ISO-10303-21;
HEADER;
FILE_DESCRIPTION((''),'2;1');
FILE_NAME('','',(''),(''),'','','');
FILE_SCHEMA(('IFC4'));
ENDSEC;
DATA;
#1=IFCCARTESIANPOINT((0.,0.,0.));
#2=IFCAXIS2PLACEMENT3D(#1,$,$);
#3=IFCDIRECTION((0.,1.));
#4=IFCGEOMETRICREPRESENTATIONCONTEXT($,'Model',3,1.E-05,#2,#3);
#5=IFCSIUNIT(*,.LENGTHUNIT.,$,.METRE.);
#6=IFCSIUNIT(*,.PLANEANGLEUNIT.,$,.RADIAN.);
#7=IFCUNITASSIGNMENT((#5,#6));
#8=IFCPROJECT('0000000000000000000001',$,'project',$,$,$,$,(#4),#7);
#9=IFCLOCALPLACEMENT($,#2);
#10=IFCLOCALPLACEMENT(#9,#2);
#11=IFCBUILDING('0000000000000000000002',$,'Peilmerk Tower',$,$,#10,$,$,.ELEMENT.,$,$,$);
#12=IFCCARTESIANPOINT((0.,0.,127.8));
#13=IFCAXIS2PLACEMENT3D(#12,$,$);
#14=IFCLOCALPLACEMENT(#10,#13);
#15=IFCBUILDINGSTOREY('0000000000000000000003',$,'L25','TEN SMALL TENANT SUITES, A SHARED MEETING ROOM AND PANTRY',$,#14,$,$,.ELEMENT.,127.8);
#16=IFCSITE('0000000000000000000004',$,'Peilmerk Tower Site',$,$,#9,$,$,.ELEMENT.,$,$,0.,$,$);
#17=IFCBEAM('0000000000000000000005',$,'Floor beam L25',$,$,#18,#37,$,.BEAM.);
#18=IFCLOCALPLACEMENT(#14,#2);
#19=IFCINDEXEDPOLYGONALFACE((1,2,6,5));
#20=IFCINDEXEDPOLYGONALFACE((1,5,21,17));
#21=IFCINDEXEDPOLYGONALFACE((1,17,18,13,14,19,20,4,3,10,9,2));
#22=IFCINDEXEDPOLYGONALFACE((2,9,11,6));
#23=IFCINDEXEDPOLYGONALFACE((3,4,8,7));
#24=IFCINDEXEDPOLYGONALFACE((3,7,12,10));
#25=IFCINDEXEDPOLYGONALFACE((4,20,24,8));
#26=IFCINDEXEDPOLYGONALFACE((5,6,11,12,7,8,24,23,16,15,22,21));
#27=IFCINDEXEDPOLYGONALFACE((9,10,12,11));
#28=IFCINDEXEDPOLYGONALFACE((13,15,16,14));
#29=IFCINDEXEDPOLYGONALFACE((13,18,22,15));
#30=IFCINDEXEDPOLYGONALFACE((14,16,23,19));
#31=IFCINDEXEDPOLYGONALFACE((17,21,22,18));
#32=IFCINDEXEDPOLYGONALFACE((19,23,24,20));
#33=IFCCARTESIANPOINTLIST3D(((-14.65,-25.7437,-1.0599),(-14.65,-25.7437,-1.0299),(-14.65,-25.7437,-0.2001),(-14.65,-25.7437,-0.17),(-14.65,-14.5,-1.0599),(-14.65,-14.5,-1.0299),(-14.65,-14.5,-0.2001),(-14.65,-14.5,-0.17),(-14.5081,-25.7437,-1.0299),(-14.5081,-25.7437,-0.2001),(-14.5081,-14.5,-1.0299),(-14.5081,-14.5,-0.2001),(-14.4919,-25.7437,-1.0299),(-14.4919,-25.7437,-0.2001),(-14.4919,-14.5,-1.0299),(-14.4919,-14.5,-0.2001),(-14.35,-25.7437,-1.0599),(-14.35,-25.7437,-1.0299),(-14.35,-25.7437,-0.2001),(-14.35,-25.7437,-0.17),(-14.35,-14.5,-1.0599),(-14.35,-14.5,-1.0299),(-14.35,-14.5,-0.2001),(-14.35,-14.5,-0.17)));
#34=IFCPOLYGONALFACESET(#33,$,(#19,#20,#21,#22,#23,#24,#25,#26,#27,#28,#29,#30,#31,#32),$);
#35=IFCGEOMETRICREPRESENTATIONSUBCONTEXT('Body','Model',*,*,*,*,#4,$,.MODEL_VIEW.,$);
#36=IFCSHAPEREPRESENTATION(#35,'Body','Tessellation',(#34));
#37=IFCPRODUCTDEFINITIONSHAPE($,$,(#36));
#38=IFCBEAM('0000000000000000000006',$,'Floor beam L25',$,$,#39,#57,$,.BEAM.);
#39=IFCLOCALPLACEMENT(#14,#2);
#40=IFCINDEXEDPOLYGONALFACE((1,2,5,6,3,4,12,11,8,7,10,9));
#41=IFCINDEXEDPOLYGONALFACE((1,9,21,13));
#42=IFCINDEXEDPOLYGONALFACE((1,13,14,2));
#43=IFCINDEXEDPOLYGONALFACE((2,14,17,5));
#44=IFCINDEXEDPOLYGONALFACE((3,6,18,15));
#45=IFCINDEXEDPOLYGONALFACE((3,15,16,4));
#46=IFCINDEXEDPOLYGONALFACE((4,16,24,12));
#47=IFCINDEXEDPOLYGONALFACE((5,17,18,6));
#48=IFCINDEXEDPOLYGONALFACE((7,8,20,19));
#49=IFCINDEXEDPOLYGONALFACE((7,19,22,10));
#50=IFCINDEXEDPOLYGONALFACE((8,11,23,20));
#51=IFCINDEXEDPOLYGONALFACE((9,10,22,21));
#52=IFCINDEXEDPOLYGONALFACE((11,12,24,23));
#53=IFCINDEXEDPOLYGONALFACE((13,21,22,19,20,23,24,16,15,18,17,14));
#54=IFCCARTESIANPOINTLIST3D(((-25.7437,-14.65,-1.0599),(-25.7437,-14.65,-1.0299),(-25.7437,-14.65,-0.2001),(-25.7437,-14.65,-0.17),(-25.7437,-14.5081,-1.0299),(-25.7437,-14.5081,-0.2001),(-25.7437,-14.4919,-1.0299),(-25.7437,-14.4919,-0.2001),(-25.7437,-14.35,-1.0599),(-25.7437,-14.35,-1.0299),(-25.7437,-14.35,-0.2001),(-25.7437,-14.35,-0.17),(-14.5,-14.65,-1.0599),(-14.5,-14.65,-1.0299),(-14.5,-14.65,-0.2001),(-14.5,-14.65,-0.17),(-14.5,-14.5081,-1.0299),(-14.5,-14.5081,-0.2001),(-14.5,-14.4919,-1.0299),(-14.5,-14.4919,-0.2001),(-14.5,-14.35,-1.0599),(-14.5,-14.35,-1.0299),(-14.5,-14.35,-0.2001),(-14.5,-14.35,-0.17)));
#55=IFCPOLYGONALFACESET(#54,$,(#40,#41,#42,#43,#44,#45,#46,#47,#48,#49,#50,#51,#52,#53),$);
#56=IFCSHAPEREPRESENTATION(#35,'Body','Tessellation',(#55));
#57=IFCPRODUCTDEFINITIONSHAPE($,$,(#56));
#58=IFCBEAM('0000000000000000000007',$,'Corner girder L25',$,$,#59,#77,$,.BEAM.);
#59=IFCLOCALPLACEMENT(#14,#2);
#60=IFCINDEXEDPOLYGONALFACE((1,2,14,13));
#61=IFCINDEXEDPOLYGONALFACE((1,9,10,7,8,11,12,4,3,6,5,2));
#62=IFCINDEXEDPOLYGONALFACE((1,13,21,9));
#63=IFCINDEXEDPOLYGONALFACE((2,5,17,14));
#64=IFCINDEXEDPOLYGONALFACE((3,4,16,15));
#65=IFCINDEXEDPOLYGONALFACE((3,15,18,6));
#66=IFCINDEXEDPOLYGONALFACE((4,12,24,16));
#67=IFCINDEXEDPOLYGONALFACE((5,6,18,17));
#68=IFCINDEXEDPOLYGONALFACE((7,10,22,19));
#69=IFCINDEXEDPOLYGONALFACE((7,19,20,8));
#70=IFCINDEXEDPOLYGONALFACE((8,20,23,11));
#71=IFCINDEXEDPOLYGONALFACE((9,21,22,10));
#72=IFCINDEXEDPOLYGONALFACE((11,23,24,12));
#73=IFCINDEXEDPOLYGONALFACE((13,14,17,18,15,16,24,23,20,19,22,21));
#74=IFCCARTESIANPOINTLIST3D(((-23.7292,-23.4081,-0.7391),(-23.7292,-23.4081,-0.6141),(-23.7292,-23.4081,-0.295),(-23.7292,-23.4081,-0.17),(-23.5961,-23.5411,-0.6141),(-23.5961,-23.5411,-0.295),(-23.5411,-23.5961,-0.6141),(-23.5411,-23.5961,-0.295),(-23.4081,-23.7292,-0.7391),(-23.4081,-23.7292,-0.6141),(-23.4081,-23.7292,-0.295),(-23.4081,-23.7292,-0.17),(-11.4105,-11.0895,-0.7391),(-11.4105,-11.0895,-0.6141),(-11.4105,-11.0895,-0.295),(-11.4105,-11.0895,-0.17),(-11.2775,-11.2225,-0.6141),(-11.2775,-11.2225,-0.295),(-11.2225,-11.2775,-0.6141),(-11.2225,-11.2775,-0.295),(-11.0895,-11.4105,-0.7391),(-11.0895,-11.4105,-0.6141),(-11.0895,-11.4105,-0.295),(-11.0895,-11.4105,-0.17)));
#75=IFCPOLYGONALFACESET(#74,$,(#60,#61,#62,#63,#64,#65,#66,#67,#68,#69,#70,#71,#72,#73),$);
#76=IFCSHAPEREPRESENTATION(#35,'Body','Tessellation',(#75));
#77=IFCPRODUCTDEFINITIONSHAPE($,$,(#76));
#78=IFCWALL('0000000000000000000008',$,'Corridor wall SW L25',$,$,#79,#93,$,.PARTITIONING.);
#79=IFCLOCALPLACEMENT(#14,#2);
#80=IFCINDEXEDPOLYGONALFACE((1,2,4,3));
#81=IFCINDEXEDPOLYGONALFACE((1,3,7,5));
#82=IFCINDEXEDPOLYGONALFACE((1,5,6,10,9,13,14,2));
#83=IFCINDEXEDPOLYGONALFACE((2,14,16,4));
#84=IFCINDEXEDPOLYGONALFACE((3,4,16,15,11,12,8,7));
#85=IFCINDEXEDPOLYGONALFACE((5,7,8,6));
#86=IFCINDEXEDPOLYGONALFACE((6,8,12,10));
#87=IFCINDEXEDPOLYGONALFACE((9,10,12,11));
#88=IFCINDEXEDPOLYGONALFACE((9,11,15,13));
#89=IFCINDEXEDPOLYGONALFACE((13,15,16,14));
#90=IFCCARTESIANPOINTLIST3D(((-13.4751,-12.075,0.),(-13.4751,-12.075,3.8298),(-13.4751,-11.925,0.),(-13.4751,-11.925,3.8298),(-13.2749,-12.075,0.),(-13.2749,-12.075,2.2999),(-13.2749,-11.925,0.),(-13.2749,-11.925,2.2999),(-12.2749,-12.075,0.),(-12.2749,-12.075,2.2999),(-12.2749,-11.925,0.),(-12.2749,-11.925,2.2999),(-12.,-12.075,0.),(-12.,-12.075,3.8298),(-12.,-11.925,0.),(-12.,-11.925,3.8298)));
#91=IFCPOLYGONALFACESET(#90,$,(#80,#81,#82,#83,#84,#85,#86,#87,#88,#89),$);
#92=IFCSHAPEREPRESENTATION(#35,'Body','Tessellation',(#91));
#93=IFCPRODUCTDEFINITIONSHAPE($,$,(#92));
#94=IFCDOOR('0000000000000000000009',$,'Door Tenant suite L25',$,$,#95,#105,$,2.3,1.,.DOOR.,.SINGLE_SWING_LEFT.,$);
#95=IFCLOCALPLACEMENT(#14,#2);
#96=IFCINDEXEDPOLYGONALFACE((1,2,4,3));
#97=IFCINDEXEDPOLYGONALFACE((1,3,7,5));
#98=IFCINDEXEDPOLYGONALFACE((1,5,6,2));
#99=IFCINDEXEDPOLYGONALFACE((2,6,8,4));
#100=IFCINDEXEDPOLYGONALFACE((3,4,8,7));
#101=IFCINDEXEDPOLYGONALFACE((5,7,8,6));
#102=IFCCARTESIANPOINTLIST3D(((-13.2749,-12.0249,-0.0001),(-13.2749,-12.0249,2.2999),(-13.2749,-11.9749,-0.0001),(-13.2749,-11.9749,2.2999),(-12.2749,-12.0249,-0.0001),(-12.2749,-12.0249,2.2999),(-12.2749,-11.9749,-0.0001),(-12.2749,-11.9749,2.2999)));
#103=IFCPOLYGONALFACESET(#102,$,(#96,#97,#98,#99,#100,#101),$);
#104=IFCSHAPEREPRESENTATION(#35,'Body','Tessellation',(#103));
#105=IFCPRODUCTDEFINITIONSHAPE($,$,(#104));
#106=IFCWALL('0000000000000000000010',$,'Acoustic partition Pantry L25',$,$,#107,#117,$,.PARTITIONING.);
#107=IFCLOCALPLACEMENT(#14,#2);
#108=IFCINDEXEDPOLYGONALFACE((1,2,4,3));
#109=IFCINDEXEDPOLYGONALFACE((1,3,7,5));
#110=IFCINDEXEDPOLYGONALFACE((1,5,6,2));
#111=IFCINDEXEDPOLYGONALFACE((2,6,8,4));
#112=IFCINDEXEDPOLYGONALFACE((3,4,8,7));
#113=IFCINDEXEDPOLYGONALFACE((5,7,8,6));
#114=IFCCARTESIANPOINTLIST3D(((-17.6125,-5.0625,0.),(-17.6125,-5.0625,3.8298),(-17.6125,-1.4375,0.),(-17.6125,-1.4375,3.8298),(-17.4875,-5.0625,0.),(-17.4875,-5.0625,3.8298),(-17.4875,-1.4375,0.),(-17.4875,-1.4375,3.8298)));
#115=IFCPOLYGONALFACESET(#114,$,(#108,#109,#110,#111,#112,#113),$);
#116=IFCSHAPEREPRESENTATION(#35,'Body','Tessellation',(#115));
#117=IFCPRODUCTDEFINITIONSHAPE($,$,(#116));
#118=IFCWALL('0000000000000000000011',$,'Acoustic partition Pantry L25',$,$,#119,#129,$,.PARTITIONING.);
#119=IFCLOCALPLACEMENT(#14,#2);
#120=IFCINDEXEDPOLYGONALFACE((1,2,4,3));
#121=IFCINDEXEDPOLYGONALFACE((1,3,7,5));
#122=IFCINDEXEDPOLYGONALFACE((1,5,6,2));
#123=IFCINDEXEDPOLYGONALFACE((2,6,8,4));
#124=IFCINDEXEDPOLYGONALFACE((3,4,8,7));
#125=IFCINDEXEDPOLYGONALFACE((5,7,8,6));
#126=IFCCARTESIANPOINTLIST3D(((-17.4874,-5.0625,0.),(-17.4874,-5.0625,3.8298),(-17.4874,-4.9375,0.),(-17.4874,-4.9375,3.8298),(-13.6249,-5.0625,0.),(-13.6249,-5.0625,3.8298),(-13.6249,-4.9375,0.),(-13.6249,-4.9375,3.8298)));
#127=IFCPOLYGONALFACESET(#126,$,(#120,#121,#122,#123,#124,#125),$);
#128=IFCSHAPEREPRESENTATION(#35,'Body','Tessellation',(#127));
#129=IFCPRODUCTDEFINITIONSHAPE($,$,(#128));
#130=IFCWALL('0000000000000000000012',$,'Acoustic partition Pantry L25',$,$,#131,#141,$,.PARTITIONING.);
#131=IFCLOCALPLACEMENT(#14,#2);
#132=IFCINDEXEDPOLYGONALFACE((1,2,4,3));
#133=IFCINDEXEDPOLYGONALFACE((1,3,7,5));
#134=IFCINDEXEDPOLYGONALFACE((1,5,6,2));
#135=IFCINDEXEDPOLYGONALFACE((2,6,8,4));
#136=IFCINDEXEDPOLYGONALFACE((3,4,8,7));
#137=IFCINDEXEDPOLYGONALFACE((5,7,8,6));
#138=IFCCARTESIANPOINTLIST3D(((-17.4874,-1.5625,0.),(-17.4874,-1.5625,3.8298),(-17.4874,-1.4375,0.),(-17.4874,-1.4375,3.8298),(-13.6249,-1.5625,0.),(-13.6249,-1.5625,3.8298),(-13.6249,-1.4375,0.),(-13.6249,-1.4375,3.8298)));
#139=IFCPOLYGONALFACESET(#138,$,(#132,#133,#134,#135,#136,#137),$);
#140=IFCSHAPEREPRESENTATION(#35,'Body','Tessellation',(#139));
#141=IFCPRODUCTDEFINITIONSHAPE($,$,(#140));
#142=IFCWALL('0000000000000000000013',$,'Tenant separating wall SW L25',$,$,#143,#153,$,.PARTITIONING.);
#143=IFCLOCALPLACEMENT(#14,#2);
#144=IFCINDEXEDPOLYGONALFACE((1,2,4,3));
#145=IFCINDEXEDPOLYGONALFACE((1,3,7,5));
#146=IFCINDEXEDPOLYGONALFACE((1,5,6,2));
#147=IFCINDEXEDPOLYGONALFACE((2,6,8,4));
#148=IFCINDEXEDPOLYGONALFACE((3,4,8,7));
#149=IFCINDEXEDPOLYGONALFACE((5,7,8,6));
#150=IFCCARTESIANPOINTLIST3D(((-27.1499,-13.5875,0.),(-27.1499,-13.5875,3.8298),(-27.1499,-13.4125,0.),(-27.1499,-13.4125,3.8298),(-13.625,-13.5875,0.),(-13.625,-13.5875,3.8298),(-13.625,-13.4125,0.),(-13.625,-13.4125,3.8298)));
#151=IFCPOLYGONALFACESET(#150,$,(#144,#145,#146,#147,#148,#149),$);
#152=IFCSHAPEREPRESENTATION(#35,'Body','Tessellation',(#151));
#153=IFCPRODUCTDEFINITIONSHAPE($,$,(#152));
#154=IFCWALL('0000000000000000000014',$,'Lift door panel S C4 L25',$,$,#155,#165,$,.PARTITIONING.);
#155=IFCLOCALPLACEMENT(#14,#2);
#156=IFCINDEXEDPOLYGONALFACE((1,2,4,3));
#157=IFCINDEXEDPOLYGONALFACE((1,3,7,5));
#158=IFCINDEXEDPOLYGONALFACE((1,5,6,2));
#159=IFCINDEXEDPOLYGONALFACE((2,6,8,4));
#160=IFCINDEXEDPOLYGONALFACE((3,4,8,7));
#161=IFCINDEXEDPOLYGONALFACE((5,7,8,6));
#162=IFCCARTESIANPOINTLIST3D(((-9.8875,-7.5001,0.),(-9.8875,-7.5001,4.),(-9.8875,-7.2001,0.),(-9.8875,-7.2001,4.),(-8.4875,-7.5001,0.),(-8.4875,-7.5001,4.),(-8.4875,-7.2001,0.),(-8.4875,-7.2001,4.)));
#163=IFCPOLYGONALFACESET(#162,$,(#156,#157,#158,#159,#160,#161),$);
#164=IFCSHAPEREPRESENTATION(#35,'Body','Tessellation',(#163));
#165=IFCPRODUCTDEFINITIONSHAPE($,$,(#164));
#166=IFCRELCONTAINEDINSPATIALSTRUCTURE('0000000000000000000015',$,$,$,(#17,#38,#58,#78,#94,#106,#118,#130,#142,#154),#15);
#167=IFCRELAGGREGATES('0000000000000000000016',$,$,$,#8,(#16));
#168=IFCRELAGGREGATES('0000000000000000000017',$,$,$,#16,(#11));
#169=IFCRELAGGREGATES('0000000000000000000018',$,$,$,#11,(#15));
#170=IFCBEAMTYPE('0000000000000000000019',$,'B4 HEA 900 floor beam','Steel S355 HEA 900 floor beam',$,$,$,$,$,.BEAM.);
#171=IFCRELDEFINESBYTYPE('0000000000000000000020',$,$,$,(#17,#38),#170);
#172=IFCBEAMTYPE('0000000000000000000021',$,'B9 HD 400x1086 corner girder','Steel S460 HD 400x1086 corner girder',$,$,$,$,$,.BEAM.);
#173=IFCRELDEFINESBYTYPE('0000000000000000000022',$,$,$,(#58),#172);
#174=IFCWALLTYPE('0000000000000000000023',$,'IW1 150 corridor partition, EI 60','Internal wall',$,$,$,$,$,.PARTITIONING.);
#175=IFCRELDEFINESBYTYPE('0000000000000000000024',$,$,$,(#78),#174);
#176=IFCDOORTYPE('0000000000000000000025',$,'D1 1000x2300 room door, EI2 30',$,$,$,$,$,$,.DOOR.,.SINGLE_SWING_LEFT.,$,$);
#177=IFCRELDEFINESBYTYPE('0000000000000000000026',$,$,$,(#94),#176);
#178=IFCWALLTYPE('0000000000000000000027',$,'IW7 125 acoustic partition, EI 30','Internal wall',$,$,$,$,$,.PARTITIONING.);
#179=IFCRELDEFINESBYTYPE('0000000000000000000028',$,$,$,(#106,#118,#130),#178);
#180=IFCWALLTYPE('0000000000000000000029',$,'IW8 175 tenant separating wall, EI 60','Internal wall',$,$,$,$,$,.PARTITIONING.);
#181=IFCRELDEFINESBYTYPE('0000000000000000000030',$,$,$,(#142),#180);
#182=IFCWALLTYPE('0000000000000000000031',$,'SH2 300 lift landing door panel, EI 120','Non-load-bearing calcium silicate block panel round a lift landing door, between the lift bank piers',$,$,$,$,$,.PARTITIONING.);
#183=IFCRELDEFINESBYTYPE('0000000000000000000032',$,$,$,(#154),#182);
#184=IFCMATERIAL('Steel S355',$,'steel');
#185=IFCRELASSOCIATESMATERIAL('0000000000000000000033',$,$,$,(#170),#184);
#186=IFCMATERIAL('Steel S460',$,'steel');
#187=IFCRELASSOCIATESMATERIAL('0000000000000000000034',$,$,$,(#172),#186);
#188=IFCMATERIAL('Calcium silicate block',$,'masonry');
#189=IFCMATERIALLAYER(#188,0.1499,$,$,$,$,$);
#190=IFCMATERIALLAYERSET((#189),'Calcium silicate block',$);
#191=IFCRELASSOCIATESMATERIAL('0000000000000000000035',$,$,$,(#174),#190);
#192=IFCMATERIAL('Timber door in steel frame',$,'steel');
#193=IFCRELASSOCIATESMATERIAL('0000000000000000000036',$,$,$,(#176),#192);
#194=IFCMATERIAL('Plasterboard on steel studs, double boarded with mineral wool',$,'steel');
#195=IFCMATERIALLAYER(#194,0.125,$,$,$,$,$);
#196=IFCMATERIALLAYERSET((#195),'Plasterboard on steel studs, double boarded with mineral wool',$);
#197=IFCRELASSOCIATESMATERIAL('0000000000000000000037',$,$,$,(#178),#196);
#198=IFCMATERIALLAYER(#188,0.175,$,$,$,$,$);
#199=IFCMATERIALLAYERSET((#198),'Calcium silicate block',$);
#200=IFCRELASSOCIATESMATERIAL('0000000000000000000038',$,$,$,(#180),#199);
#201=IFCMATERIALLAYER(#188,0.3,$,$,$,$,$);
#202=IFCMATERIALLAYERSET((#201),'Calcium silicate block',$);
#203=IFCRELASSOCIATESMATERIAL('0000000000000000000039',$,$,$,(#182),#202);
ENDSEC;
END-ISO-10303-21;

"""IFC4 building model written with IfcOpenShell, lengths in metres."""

from ifc_helpers import new_model, si_unit, direction, frame, frame_2d, origin, origin_2d, place, context, subcontext, project, spatial, rectangle, i_section, extrude, material, layer, layer_set, material_profile, profile_set, type_object, element, fill, save


model = new_model("IFC4")

# Units and contexts
model_context = context("Model", 3, precision=1e-05, world=origin(), true_north=direction((0.0, 1.0)))
body_context = subcontext(model_context, "Body", "Model", "MODEL_VIEW")
ifc_project = project(units=[si_unit("LENGTHUNIT", "METRE"), si_unit("PLANEANGLEUNIT", "RADIAN")], contexts=[model_context])

# Site, building, storey
site_placement = place(None, origin())
site = spatial("IfcSite", under=ifc_project, at=site_placement, Name="Peilmerk Tower Site", CompositionType="ELEMENT", RefElevation=0.0)
building_placement = place(site_placement, origin())
building = spatial("IfcBuilding", under=site, at=building_placement, Name="Peilmerk Tower", CompositionType="ELEMENT")
storey_placement = place(building_placement, frame((0.0, 0.0, 127.8)))
storey = spatial("IfcBuildingStorey", under=building, at=storey_placement, Name="L25", Description="TEN SMALL TENANT SUITES, A SHARED MEETING ROOM AND PANTRY", CompositionType="ELEMENT", Elevation=127.8)

# Beams
ifc_material_1 = material(Name="Steel S355", Category="steel")
ifc_material_profile_1 = material_profile(ifc_material_1, i_section(OverallWidth=0.3, OverallDepth=0.8899, WebThickness=0.0161, FlangeThickness=0.03, at=origin_2d()), Name="HEA 900")
ifc_profile_set_1 = profile_set([ifc_material_profile_1], Name="Steel S355")
beam_type_1 = type_object("IfcBeamType", Name="B4 HEA 900 floor beam", Description="Steel S355 HEA 900 floor beam", PredefinedType="BEAM", material=ifc_profile_set_1)
for number, where, z_axis, x_axis, name in (
    (1, (-14.5, -14.5, -0.615), (0.0, -1.0, 0.0), (1.0, 0.0, 0.0), "Floor beam L25"),
    (2, (-14.5, -14.5, -0.615), (-1.0, 0.0, 0.0), (0.0, -1.0, 0.0), "Floor beam L25"),
):
    element("IfcBeam", number, at=place(storey_placement, frame(where, z_axis=z_axis, x_axis=x_axis)), inside=storey, type_object=beam_type_1, Name=name, PredefinedType="BEAM", context=body_context, shape_type="SweptSolid", body=[
        extrude(i_section(OverallWidth=0.3, OverallDepth=0.8899, WebThickness=0.0161, FlangeThickness=0.03, at=origin_2d()), origin(), (0.0, 0.0, 1.0), 11.2437),
    ])
ifc_material_2 = material(Name="Steel S460", Category="steel")
ifc_material_profile_2 = material_profile(ifc_material_2, i_section(OverallWidth=0.4541, OverallDepth=0.5691, WebThickness=0.0779, FlangeThickness=0.125, at=origin_2d()), Name="HD 400x1086")
ifc_profile_set_2 = profile_set([ifc_material_profile_2], Name="Steel S460")
beam_type_2 = type_object("IfcBeamType", Name="B9 HD 400x1086 corner girder", Description="Steel S460 HD 400x1086 corner girder", PredefinedType="BEAM", material=ifc_profile_set_2)
beam_1_placement = place(storey_placement, frame((-11.25, -11.25, -0.4546), z_axis=(-0.707107, -0.707107, 0.0), x_axis=(0.707107, -0.707107, 0.0)))
element("IfcBeam", 3, at=beam_1_placement, inside=storey, type_object=beam_type_2, Name="Corner girder L25", PredefinedType="BEAM", context=body_context, shape_type="SweptSolid", body=[
    extrude(i_section(OverallWidth=0.4541, OverallDepth=0.5691, WebThickness=0.0779, FlangeThickness=0.125, at=origin_2d()), origin(), (0.0, 0.0, 1.0), 17.4211),
])

# Wall, opening, door
ifc_material_3 = material(Name="Calcium silicate block", Category="masonry")
ifc_layer_1 = layer(ifc_material_3, 0.1499)
ifc_layer_set_1 = layer_set([ifc_layer_1], Name="Calcium silicate block")
wall_type_1 = type_object("IfcWallType", Name="IW1 150 corridor partition, EI 60", Description="Internal wall", PredefinedType="PARTITIONING", material=ifc_layer_set_1)
wall_1_placement = place(storey_placement, frame((-12.0, -12.0, 0.0), z_axis=(0.0, 0.0, 1.0), x_axis=(-1.0, 0.0, 0.0)))
wall_1 = element("IfcWall", 4, at=wall_1_placement, inside=storey, type_object=wall_type_1, Name="Corridor wall SW L25", PredefinedType="PARTITIONING", context=body_context, shape_type="SweptSolid", body=[
    extrude(rectangle(XDim=1.4751, YDim=0.1499, at=frame_2d((0.7375, 0.0))), origin(), (0.0, 0.0, 1.0), 3.8298),
])
opening_1_placement = place(wall_1_placement, frame((0.2749, 0.0, 0.0)))
opening_1 = element("IfcOpeningElement", 5, at=opening_1_placement, cuts=wall_1, PredefinedType="OPENING", context=body_context, shape_type="SweptSolid", body=[
    extrude(rectangle(XDim=1.0, YDim=2.3, at=frame_2d((0.5, 1.1499))), frame((0.0, 0.085, 0.0), z_axis=(0.0, -1.0, 0.0), x_axis=(1.0, 0.0, 0.0)), (0.0, 0.0, 1.0), 0.1699),
])
ifc_material_4 = material(Name="Timber door in steel frame", Category="steel")
door_type_1 = type_object("IfcDoorType", Name="D1 1000x2300 room door, EI2 30", OperationType="SINGLE_SWING_LEFT", PredefinedType="DOOR", material=ifc_material_4)
door_1_placement = place(opening_1_placement, origin())
door_1 = element("IfcDoor", 6, at=door_1_placement, inside=storey, type_object=door_type_1, Name="Door Tenant suite L25", OperationType="SINGLE_SWING_LEFT", OverallHeight=2.3, OverallWidth=1.0, PredefinedType="DOOR", context=body_context, shape_type="SweptSolid", body=[
    extrude(rectangle(XDim=1.0, YDim=2.3, at=frame_2d((0.5, 1.1499))), frame((0.0, 0.0249, 0.0), z_axis=(0.0, -1.0, 0.0), x_axis=(1.0, 0.0, 0.0)), (0.0, 0.0, 1.0), 0.05),
])
fill(opening_1, door_1)

# Walls
ifc_material_5 = material(Name="Plasterboard on steel studs, double boarded with mineral wool", Category="steel")
ifc_layer_2 = layer(ifc_material_5, 0.125)
ifc_layer_set_2 = layer_set([ifc_layer_2], Name="Plasterboard on steel studs, double boarded with mineral wool")
wall_type_2 = type_object("IfcWallType", Name="IW7 125 acoustic partition, EI 30", Description="Internal wall", PredefinedType="PARTITIONING", material=ifc_layer_set_2)
wall_2_placement = place(storey_placement, frame((-17.55, -5.0625, 0.0), z_axis=(0.0, 0.0, 1.0), x_axis=(0.0, 1.0, 0.0)))
element("IfcWall", 7, at=wall_2_placement, inside=storey, type_object=wall_type_2, Name="Acoustic partition Pantry L25", PredefinedType="PARTITIONING", context=body_context, shape_type="SweptSolid", body=[
    extrude(rectangle(XDim=3.625, YDim=0.125, at=frame_2d((1.8125, 0.0))), origin(), (0.0, 0.0, 1.0), 3.8298),
])
for number, where, z_axis, x_axis, name in (
    (8, (-13.625, -5.0, 0.0), (0.0, 0.0, 1.0), (-1.0, 0.0, 0.0), "Acoustic partition Pantry L25"),
    (9, (-13.625, -1.5, 0.0), (0.0, 0.0, 1.0), (-1.0, 0.0, 0.0), "Acoustic partition Pantry L25"),
):
    element("IfcWall", number, at=place(storey_placement, frame(where, z_axis=z_axis, x_axis=x_axis)), inside=storey, type_object=wall_type_2, Name=name, PredefinedType="PARTITIONING", context=body_context, shape_type="SweptSolid", body=[
        extrude(rectangle(XDim=3.8625, YDim=0.125, at=frame_2d((1.9312, 0.0))), origin(), (0.0, 0.0, 1.0), 3.8298),
    ])
ifc_layer_3 = layer(ifc_material_3, 0.175)
ifc_layer_set_3 = layer_set([ifc_layer_3], Name="Calcium silicate block")
wall_type_3 = type_object("IfcWallType", Name="IW8 175 tenant separating wall, EI 60", Description="Internal wall", PredefinedType="PARTITIONING", material=ifc_layer_set_3)
wall_3_placement = place(storey_placement, frame((-13.625, -13.5, 0.0), z_axis=(0.0, 0.0, 1.0), x_axis=(-1.0, 0.0, 0.0)))
element("IfcWall", 10, at=wall_3_placement, inside=storey, type_object=wall_type_3, Name="Tenant separating wall SW L25", PredefinedType="PARTITIONING", context=body_context, shape_type="SweptSolid", body=[
    extrude(rectangle(XDim=13.5249, YDim=0.175, at=frame_2d((6.7625, 0.0))), origin(), (0.0, 0.0, 1.0), 3.8298),
])
ifc_layer_4 = layer(ifc_material_3, 0.3)
ifc_layer_set_4 = layer_set([ifc_layer_4], Name="Calcium silicate block")
wall_type_4 = type_object("IfcWallType", Name="SH2 300 lift landing door panel, EI 120", Description="Non-load-bearing calcium silicate block panel round a lift landing door, between the lift bank piers", PredefinedType="PARTITIONING", material=ifc_layer_set_4)
wall_4_placement = place(storey_placement, frame((-9.8875, -7.3501, 0.0), z_axis=(0.0, 0.0, 1.0), x_axis=(1.0, 0.0, 0.0)))
element("IfcWall", 11, at=wall_4_placement, inside=storey, type_object=wall_type_4, Name="Lift door panel S C4 L25", PredefinedType="PARTITIONING", context=body_context, shape_type="SweptSolid", body=[
    extrude(rectangle(XDim=1.3999, YDim=0.3, at=frame_2d((0.7, 0.0))), origin(), (0.0, 0.0, 1.0), 4.0),
])

save(model, "model.ifc")
